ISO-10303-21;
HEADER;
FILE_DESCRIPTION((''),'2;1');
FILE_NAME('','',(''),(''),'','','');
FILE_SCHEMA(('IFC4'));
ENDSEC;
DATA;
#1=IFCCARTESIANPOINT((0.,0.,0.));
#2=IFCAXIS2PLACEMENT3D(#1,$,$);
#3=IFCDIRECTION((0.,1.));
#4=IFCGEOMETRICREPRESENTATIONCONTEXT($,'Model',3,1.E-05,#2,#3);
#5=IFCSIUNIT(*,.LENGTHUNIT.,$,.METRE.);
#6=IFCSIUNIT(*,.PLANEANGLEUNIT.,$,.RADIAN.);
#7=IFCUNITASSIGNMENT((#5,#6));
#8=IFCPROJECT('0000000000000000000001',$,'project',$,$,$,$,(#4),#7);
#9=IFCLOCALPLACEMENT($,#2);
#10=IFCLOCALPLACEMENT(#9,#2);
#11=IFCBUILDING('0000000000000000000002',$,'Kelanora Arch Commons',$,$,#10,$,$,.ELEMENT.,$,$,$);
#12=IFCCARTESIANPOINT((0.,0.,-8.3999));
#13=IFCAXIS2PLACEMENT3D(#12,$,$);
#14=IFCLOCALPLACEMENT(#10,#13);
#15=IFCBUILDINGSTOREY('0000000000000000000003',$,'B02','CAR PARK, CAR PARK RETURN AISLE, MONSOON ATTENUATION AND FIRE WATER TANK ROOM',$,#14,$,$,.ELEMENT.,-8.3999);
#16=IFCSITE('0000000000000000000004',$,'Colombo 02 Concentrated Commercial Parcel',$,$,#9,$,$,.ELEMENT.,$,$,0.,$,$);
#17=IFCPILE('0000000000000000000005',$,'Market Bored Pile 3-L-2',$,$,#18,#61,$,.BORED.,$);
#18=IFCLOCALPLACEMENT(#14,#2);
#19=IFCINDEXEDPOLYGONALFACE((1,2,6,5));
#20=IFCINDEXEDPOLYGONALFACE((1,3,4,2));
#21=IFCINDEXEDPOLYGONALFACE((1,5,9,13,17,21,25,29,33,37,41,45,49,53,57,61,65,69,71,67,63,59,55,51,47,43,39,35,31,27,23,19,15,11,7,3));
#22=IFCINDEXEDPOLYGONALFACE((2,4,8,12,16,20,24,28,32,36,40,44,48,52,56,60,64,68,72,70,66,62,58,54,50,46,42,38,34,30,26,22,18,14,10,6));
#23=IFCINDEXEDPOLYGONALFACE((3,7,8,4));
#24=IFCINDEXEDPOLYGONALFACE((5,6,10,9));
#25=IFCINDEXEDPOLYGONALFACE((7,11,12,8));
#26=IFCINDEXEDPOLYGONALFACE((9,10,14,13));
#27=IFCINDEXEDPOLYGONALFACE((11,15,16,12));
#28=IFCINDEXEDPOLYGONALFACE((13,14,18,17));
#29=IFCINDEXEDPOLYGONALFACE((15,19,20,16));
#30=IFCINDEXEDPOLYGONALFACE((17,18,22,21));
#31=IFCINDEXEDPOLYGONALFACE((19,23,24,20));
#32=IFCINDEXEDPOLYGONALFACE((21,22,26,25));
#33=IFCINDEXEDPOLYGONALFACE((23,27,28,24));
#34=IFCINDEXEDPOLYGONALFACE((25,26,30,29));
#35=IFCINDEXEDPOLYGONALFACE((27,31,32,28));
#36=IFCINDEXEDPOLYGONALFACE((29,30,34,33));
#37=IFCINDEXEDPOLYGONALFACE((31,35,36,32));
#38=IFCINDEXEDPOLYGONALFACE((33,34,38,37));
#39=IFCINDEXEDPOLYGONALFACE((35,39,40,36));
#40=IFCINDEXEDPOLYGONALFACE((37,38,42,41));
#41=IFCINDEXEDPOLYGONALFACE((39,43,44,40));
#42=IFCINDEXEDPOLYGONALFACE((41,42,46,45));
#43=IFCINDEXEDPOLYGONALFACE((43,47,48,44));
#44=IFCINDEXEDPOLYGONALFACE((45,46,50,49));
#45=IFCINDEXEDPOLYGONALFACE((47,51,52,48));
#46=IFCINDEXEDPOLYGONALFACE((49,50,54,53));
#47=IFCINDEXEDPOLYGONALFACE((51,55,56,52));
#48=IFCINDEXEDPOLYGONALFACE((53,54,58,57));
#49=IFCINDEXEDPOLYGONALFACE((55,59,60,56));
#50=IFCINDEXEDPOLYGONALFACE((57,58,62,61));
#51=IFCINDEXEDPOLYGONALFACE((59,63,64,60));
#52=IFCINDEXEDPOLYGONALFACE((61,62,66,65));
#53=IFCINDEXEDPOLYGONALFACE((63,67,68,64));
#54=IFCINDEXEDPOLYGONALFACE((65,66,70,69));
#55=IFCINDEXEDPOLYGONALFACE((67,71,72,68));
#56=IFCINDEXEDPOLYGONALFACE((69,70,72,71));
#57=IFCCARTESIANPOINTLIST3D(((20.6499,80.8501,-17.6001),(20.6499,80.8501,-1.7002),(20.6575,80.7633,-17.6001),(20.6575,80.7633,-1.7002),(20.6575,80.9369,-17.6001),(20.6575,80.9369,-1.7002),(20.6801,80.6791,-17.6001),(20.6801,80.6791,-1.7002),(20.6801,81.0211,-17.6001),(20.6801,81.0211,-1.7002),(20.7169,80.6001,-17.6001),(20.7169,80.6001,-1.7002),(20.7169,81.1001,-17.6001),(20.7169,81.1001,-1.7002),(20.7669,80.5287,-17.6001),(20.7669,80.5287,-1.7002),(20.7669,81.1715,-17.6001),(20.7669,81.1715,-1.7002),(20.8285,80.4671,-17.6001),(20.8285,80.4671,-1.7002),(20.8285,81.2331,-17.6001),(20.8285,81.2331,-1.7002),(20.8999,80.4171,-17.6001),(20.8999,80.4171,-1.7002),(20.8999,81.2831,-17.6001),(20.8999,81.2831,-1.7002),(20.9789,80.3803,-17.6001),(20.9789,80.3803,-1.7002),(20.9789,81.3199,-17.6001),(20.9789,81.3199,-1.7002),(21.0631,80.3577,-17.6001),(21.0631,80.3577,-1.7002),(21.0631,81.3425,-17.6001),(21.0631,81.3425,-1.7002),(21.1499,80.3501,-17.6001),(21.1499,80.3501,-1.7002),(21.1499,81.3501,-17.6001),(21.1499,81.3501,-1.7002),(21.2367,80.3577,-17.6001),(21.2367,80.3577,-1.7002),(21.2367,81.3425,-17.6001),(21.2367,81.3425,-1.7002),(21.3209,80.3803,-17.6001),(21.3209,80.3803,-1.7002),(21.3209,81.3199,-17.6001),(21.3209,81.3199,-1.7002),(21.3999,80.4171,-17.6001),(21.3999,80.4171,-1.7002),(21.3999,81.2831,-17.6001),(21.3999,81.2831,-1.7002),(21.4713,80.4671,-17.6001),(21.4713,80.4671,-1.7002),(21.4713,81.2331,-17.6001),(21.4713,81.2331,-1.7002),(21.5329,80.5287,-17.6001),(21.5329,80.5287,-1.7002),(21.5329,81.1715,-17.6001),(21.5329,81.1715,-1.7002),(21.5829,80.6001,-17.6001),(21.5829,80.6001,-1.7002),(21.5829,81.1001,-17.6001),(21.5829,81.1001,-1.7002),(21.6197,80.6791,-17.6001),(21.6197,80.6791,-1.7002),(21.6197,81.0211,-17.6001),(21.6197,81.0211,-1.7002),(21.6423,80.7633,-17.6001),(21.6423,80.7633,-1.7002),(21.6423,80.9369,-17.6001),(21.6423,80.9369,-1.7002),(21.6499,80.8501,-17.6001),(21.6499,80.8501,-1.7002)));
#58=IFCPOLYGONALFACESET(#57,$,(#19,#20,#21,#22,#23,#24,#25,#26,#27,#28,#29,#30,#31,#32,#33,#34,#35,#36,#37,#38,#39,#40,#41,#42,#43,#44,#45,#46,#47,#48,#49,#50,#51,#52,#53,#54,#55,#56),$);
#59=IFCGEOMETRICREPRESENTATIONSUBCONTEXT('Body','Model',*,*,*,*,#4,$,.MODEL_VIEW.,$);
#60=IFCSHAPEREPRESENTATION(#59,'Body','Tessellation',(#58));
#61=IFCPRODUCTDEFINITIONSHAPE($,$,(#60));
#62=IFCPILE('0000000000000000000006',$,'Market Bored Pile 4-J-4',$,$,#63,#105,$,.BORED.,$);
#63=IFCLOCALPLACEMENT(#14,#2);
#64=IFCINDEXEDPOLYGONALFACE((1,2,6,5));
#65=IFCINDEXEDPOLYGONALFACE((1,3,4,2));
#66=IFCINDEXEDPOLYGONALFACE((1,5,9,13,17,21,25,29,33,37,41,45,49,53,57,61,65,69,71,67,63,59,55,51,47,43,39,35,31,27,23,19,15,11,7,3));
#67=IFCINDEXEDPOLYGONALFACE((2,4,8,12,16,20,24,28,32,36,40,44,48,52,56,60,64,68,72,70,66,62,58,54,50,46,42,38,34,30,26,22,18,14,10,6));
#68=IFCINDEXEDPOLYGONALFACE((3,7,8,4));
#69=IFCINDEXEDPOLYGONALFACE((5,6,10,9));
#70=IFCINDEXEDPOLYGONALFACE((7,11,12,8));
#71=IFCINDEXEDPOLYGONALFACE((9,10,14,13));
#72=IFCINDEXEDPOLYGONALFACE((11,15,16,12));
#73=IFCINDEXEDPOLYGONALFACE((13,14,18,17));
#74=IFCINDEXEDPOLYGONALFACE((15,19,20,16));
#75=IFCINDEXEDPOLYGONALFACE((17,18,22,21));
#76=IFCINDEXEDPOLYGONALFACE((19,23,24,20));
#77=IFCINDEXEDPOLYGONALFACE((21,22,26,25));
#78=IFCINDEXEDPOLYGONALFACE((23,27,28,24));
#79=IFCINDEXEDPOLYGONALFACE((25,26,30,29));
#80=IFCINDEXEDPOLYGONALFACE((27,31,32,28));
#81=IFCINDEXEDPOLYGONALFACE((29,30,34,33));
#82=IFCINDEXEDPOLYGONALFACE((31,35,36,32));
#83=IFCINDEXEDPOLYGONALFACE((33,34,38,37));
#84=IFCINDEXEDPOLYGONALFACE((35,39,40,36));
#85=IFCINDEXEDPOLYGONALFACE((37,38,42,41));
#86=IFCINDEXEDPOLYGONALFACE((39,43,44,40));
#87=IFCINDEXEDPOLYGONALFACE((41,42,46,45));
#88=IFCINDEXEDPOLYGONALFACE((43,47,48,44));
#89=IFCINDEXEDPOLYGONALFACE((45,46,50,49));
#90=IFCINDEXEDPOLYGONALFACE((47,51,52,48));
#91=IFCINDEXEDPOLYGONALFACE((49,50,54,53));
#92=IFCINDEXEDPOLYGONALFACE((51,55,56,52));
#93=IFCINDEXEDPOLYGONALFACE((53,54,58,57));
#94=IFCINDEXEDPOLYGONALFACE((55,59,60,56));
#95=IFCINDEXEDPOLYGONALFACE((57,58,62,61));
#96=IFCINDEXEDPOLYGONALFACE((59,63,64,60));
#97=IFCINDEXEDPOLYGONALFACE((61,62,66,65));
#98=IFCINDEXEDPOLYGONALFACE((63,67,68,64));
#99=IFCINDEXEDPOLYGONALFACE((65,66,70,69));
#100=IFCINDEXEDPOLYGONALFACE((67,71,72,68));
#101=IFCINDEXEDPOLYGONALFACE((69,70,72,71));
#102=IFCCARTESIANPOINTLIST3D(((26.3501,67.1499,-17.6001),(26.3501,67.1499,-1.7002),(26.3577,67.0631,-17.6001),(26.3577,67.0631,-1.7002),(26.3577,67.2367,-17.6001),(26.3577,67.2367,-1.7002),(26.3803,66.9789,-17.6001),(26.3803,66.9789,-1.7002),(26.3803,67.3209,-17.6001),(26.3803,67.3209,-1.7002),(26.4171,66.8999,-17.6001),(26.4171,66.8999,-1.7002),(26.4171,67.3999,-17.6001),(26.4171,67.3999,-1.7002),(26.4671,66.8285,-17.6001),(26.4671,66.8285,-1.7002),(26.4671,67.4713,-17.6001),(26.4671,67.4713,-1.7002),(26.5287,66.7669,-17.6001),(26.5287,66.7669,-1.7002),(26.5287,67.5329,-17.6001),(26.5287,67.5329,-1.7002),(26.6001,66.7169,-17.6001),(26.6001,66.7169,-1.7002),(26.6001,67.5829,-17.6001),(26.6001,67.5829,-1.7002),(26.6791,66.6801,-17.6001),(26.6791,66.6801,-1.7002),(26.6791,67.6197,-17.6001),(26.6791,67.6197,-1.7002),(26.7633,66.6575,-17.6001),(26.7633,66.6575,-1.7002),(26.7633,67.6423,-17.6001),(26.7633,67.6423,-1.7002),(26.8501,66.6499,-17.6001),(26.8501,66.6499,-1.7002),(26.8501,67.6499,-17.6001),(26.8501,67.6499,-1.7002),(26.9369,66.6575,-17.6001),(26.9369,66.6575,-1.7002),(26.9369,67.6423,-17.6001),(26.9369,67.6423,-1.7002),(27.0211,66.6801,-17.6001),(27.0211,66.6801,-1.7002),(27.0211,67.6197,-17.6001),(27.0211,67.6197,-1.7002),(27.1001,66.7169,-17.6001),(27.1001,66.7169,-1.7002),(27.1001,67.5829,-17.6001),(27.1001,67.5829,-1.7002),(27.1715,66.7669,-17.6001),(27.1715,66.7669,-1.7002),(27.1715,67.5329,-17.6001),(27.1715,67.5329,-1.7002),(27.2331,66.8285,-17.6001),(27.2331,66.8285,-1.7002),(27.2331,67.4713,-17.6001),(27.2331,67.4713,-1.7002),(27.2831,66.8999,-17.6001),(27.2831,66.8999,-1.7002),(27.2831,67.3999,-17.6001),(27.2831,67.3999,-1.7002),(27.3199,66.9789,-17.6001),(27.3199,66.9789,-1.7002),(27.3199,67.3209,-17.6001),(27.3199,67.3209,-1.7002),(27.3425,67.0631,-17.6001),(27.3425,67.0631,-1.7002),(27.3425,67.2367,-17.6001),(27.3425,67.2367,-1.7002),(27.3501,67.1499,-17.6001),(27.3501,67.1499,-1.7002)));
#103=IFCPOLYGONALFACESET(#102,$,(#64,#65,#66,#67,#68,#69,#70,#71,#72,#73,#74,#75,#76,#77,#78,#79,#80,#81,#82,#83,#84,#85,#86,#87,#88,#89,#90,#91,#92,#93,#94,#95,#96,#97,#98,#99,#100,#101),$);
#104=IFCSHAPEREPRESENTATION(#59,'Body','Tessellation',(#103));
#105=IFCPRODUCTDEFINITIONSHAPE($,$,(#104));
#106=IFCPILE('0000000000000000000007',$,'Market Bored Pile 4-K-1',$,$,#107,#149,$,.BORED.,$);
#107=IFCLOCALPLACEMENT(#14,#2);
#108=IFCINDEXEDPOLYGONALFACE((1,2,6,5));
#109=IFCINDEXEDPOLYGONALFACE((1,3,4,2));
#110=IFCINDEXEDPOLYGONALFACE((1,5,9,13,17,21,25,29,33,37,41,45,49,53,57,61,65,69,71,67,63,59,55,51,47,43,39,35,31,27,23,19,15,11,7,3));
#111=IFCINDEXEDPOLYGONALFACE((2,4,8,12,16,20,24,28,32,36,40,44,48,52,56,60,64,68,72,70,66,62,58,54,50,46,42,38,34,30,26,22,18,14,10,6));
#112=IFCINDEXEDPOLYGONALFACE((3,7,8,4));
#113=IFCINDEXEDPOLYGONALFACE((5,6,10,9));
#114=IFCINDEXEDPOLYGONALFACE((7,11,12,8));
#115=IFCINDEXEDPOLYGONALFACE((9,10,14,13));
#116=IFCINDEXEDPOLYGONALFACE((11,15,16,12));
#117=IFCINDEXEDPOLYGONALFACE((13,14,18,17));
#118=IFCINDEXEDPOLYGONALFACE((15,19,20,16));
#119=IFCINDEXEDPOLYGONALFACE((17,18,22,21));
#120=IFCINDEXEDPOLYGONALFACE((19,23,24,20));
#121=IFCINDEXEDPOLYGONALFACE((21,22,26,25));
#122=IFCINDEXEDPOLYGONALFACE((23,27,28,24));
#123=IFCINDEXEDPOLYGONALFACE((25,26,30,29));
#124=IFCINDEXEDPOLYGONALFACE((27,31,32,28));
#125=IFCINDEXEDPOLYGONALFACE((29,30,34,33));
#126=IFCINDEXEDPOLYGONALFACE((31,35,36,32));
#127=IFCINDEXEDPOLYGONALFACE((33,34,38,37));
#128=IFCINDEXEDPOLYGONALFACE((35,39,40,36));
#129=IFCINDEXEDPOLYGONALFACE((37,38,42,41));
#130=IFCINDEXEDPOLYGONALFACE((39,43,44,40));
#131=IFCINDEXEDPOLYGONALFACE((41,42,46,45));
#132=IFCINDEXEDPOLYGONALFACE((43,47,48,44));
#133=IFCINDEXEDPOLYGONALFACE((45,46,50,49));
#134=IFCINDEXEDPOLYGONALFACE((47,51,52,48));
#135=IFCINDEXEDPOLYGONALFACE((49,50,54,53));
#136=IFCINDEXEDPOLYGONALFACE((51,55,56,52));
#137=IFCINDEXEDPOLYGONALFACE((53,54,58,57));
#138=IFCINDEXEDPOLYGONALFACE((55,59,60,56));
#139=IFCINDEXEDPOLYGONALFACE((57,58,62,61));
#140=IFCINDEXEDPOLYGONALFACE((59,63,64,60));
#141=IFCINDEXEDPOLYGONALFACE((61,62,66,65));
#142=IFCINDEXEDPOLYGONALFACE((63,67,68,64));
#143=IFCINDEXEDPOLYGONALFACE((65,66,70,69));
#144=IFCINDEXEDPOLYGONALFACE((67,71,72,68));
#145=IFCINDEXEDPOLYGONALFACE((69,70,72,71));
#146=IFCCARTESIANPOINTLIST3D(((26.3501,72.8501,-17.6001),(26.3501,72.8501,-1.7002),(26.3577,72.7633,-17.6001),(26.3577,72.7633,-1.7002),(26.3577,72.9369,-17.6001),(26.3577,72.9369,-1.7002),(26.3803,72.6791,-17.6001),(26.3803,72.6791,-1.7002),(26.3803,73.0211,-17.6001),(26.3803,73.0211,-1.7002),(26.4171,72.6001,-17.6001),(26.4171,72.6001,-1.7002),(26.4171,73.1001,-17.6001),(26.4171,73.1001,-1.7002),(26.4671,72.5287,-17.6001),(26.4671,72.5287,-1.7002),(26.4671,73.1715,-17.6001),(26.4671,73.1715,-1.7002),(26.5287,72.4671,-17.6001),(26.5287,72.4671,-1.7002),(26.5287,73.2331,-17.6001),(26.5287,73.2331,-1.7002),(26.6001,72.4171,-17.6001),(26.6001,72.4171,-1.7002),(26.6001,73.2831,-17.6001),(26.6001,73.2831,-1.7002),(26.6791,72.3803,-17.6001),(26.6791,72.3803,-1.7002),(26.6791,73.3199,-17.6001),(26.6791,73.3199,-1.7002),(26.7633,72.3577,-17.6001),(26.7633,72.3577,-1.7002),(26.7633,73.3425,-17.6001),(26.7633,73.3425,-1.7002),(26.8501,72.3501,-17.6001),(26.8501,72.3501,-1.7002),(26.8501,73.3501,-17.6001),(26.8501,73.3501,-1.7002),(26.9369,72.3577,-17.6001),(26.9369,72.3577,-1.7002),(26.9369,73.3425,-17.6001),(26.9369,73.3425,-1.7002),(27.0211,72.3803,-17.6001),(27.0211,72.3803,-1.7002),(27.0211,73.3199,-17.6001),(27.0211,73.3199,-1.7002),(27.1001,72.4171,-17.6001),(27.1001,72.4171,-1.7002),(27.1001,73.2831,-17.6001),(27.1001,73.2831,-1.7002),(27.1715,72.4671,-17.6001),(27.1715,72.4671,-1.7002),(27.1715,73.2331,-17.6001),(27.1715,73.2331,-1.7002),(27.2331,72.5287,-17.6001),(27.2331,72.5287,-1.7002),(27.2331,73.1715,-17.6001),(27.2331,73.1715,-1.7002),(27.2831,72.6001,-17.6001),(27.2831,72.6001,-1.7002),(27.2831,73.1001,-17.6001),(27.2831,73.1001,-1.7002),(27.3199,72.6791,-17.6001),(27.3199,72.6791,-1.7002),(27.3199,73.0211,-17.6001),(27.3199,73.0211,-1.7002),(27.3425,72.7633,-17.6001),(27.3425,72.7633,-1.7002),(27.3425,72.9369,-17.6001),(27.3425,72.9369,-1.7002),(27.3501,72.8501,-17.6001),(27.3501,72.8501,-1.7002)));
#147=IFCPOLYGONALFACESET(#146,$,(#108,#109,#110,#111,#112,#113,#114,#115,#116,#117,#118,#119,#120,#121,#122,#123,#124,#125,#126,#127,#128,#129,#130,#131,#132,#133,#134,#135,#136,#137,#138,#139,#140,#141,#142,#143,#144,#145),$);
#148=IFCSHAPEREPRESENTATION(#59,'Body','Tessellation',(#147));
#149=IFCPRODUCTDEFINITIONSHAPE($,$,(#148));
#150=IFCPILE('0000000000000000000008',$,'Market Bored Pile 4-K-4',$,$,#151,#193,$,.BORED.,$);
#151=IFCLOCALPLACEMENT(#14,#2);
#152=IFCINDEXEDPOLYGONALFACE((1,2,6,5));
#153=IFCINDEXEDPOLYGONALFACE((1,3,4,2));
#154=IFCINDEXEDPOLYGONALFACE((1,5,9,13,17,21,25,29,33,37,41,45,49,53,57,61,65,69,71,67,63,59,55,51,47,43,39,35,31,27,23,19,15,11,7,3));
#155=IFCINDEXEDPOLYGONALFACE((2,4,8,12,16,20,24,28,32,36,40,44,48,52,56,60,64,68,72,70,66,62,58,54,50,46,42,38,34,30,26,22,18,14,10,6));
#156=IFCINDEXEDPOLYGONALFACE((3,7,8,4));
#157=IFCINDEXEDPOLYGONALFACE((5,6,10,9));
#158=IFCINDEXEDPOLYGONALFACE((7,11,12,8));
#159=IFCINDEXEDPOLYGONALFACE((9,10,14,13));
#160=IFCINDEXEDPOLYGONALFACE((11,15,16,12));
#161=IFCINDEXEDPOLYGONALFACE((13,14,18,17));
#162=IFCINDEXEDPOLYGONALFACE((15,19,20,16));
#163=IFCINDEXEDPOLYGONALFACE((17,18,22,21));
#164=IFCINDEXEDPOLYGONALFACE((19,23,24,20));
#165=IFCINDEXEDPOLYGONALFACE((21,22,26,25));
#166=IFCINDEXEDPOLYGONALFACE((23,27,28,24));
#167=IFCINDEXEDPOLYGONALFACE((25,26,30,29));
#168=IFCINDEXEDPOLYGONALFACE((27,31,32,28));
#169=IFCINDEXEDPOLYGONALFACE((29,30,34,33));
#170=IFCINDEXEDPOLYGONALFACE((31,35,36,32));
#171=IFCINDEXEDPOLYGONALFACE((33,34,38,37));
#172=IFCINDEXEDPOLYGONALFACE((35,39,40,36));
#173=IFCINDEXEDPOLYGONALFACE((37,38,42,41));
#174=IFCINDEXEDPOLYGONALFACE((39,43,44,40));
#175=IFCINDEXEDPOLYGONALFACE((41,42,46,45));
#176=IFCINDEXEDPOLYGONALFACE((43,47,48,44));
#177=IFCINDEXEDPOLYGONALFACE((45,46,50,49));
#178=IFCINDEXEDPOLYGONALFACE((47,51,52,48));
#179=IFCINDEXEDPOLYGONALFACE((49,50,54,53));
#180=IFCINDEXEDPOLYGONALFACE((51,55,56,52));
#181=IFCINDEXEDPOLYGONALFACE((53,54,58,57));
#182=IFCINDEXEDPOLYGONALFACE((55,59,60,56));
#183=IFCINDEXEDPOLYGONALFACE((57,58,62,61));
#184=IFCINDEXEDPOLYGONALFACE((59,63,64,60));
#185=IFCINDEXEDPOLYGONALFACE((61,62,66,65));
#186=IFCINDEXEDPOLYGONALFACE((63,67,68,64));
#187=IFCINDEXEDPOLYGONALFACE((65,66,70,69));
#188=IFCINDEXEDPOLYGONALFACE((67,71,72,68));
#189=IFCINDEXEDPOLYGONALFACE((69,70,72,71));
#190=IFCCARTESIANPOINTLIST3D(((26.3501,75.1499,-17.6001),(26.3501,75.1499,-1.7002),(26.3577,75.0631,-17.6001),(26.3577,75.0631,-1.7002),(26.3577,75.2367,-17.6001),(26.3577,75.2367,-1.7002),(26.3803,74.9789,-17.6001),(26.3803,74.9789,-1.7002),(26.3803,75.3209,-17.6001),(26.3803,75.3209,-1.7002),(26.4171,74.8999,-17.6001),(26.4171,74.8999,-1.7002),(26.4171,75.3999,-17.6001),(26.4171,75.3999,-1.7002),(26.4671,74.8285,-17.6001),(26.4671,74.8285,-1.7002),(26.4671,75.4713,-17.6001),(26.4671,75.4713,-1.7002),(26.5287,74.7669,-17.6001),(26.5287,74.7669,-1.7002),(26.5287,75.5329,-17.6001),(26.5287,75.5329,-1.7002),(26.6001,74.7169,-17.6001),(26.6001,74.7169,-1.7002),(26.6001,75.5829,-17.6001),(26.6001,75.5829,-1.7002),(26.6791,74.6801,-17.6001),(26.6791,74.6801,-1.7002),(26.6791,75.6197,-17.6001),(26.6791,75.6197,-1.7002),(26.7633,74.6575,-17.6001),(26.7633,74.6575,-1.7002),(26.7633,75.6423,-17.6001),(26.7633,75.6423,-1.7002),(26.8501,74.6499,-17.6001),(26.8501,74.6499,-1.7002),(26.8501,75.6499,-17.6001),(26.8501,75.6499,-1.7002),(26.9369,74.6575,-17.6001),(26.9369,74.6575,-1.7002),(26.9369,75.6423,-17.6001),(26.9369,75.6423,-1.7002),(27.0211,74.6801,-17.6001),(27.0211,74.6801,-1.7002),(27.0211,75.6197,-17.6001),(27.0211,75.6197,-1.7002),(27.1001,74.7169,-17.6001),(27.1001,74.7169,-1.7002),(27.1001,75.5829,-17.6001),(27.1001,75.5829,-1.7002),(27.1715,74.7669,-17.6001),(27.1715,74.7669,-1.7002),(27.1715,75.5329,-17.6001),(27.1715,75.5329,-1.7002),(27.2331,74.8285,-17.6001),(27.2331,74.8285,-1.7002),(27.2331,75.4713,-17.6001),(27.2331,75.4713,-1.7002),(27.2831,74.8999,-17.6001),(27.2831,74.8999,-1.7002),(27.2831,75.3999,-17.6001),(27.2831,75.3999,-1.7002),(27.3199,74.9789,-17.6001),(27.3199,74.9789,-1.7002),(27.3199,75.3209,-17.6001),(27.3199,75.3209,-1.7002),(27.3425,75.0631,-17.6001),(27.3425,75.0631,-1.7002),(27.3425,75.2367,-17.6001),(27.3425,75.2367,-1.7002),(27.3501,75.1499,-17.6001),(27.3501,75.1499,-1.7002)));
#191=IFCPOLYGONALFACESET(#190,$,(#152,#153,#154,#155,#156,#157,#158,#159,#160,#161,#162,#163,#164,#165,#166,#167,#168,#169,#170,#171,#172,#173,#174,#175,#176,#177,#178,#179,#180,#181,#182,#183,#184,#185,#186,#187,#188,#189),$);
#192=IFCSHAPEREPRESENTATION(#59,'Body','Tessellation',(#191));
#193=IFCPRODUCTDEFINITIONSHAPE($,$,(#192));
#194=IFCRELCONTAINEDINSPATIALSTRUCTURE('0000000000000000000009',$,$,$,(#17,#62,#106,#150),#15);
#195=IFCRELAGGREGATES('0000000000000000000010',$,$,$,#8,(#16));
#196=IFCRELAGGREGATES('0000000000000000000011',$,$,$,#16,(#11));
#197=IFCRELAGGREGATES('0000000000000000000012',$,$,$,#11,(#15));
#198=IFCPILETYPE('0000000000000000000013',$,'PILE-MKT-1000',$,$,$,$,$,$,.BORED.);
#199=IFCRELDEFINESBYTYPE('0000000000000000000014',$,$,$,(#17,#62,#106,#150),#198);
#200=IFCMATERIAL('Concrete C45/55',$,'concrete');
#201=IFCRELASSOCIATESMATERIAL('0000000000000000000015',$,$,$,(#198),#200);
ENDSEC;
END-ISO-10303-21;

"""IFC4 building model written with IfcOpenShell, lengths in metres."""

from ifc_helpers import new_model, si_unit, direction, frame, origin, origin_2d, place, context, subcontext, project, spatial, circle, extrude, source, transform, mapped, material, material_profile, profile_set, type_object, element, save


model = new_model("IFC4")

# Units and contexts
model_context = context("Model", 3, precision=1e-05, world=origin(), true_north=direction((0.0, 1.0)))
body_context = subcontext(model_context, "Body", "Model", "MODEL_VIEW")
ifc_project = project(units=[si_unit("LENGTHUNIT", "METRE"), si_unit("PLANEANGLEUNIT", "RADIAN")], contexts=[model_context])

# Site, building, storey
site_placement = place(None, origin())
site = spatial("IfcSite", under=ifc_project, at=site_placement, Name="Colombo 02 Concentrated Commercial Parcel", CompositionType="ELEMENT", RefElevation=0.0)
building_placement = place(site_placement, origin())
building = spatial("IfcBuilding", under=site, at=building_placement, Name="Kelanora Arch Commons", CompositionType="ELEMENT")
storey_placement = place(building_placement, frame((0.0, 0.0, -8.3999)))
storey = spatial("IfcBuildingStorey", under=building, at=storey_placement, Name="B02", Description="CAR PARK, CAR PARK RETURN AISLE, MONSOON ATTENUATION AND FIRE WATER TANK ROOM", CompositionType="ELEMENT", Elevation=-8.3999)

# Piles
ifc_material_1 = material(Name="Concrete C45/55", Category="concrete")
ifc_material_profile_1 = material_profile(ifc_material_1, circle(Radius=0.5, at=origin_2d()), Name="PILE1000")
ifc_profile_set_1 = profile_set([ifc_material_profile_1], Name="Concrete C45/55")
pile_type = type_object("IfcPileType", Name="PILE-MKT-1000", PredefinedType="BORED", material=ifc_profile_set_1)
shared_shape_1 = source(origin(), body_context, "Body", "SweptSolid", [
    extrude(circle(Radius=0.5, at=origin_2d()), origin(), (0.0, 0.0, 1.0), 15.8999),
])
for number, where, z_axis, x_axis, name in (
    (1, (21.1499, 80.8501, -1.7002), (0.0, 0.0, -1.0), (1.0, 0.0, 0.0), "Market Bored Pile 3-L-2"),
    (2, (26.8501, 67.1499, -1.7002), (0.0, 0.0, -1.0), (1.0, 0.0, 0.0), "Market Bored Pile 4-J-4"),
    (3, (26.8501, 72.8501, -1.7002), (0.0, 0.0, -1.0), (1.0, 0.0, 0.0), "Market Bored Pile 4-K-1"),
    (4, (26.8501, 75.1499, -1.7002), (0.0, 0.0, -1.0), (1.0, 0.0, 0.0), "Market Bored Pile 4-K-4"),
):
    element("IfcPile", number, at=place(storey_placement, frame(where, z_axis=z_axis, x_axis=x_axis)), inside=storey, type_object=pile_type, Name=name, PredefinedType="BORED", context=body_context, shape_type="MappedRepresentation", body=[
        mapped(shared_shape_1, transform((0.0, 0.0, 0.0), scale=1.0)),
    ])

save(model, "model.ifc")
